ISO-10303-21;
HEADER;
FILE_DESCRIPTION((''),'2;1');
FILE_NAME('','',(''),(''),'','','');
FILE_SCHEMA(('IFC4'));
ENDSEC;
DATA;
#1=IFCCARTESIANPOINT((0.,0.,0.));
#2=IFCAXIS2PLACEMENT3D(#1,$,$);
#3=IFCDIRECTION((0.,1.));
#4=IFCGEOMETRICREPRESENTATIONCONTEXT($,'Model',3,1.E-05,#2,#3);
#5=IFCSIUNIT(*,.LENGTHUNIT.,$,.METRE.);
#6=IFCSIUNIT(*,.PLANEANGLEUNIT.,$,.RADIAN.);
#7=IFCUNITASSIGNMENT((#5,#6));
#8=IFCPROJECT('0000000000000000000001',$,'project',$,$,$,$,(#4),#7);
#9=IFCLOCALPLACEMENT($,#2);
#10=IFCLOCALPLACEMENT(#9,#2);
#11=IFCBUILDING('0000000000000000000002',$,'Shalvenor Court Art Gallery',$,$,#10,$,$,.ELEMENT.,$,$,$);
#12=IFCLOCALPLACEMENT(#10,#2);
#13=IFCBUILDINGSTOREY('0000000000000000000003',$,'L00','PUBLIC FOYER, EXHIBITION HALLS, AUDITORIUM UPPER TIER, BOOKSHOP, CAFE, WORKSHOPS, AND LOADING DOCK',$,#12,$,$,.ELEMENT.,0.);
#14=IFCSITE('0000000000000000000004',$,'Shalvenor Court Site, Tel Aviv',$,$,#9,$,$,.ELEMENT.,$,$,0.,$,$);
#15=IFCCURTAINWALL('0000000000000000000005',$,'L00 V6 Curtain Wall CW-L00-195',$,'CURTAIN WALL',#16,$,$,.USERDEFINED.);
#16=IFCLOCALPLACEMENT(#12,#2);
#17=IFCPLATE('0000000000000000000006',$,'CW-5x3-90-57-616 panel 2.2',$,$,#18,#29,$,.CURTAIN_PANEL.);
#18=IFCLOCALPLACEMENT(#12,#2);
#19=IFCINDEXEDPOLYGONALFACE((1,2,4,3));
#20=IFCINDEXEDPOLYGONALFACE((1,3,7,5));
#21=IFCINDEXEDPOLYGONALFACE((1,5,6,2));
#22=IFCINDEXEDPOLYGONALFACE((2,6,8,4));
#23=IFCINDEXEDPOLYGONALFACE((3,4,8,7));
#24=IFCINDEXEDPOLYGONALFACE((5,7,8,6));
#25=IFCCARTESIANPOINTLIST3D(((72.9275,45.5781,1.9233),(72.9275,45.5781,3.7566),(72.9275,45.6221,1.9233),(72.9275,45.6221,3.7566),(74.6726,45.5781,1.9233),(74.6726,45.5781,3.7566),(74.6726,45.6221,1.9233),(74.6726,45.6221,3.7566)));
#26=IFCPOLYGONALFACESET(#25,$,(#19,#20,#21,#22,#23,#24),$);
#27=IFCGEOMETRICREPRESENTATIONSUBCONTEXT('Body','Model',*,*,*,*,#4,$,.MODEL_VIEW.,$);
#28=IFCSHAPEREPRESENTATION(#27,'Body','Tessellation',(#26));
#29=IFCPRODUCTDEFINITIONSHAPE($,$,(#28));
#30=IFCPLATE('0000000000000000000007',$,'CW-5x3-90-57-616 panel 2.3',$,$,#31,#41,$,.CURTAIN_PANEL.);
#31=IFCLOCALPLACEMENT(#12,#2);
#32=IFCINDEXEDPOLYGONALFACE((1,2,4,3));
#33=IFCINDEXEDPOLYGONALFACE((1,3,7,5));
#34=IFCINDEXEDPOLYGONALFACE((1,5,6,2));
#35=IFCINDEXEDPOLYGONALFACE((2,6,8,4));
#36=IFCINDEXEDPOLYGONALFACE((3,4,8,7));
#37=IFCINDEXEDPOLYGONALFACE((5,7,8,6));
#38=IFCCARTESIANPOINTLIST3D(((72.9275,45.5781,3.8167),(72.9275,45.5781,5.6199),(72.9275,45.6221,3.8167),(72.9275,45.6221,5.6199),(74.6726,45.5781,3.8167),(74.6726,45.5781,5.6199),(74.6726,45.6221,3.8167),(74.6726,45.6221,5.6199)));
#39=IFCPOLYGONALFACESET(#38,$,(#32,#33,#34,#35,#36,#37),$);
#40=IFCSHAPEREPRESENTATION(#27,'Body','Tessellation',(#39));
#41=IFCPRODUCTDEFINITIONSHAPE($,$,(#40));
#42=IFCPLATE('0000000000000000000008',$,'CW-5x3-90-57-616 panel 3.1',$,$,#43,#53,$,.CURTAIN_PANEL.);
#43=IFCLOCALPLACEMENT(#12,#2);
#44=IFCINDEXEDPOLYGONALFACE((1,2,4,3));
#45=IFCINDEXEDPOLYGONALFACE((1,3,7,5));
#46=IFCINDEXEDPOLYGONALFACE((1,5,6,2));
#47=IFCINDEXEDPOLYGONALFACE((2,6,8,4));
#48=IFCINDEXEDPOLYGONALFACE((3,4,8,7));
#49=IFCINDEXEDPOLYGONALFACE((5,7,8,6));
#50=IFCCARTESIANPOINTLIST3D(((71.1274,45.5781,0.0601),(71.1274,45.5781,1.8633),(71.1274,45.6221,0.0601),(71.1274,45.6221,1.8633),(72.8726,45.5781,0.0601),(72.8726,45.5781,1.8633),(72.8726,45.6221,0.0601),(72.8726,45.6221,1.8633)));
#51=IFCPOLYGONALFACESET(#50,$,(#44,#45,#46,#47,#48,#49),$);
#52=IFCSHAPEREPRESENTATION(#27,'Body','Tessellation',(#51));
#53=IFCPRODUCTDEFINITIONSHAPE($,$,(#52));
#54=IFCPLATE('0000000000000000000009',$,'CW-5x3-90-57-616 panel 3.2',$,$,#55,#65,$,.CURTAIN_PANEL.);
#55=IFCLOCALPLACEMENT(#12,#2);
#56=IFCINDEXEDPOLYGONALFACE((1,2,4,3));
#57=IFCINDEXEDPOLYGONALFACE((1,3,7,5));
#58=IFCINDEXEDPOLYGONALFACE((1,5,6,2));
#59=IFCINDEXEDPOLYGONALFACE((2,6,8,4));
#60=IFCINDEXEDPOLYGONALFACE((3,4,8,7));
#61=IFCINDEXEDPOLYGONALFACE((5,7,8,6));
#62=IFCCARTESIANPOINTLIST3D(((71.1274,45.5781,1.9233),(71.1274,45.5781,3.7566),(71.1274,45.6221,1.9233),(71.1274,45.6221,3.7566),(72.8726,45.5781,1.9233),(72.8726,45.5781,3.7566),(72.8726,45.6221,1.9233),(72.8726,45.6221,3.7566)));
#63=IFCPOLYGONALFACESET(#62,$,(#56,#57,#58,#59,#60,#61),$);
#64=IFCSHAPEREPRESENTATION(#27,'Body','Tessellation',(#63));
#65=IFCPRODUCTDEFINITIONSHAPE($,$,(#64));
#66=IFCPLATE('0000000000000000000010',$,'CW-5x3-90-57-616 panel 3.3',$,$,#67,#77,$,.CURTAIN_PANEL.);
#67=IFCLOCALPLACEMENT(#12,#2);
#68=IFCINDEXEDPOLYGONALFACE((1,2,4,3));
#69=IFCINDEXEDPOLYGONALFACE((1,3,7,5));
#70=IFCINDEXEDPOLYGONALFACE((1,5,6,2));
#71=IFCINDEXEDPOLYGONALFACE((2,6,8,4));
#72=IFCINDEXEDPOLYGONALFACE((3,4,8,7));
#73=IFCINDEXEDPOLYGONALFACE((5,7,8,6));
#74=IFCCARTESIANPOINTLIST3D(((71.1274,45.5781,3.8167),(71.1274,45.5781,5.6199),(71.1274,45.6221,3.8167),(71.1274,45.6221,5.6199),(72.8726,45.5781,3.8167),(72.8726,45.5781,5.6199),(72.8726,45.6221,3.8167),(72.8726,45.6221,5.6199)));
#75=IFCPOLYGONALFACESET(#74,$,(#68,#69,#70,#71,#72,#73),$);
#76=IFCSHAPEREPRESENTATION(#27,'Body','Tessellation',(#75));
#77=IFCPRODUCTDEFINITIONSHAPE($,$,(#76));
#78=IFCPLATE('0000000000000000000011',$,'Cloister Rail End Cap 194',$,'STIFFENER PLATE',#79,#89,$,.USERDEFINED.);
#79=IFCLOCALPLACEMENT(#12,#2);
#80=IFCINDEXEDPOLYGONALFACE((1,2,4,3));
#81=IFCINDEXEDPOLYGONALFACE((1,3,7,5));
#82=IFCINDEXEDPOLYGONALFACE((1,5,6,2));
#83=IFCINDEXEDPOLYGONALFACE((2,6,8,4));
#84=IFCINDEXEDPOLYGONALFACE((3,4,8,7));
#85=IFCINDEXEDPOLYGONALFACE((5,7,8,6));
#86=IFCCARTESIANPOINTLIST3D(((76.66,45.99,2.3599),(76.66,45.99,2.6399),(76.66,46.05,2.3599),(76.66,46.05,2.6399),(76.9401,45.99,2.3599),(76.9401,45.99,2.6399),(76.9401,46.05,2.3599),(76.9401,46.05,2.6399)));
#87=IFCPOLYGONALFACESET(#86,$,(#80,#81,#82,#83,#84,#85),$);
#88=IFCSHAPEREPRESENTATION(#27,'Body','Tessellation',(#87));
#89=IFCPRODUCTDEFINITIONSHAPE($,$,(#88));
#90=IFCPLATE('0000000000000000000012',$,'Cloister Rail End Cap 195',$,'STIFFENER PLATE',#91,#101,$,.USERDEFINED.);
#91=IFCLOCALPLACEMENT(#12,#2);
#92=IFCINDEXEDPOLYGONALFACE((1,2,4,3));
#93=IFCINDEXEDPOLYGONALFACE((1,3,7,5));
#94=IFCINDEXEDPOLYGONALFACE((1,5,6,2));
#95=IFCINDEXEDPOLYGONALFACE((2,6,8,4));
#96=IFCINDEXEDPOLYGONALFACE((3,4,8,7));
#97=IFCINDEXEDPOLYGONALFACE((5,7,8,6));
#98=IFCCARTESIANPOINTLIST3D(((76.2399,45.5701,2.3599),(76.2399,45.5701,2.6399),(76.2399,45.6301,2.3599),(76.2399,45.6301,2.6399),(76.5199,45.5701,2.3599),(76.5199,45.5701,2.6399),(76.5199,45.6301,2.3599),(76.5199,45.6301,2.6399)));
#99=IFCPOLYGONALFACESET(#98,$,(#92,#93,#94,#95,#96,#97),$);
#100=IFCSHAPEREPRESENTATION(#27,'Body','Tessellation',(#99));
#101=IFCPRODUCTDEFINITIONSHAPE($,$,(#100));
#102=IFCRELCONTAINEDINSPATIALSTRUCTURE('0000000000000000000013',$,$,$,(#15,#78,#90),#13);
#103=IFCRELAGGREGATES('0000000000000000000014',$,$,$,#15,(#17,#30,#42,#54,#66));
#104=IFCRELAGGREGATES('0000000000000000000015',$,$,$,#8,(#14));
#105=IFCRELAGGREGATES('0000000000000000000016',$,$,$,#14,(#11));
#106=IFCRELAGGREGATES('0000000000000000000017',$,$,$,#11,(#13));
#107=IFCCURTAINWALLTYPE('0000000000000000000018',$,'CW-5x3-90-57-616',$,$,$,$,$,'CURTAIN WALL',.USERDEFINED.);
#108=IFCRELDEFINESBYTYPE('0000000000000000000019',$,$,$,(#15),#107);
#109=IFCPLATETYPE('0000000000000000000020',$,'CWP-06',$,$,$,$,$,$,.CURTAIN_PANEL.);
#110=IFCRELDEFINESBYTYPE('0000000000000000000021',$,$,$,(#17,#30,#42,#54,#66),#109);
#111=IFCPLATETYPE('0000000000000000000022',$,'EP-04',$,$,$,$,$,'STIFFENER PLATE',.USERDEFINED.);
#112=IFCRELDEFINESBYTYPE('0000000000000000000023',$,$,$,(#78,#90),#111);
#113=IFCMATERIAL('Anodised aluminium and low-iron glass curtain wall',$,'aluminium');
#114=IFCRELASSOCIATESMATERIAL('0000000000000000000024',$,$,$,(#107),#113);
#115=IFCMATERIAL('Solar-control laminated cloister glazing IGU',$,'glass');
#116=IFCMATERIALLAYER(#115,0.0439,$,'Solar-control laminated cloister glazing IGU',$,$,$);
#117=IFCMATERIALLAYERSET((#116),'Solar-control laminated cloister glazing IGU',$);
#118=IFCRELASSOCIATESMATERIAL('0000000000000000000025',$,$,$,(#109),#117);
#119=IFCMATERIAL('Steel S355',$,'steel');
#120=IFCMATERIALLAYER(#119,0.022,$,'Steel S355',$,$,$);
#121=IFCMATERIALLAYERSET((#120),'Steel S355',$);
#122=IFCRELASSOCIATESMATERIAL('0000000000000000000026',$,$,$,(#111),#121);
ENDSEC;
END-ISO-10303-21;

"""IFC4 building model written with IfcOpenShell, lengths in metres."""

from ifc_helpers import new_model, si_unit, direction, frame, origin, origin_2d, place, context, subcontext, project, spatial, rectangle, extrude, material, layer, layer_set, type_object, element, aggregate, save


model = new_model("IFC4")

# Units and contexts
model_context = context("Model", 3, precision=1e-05, world=origin(), true_north=direction((0.0, 1.0)))
body_context = subcontext(model_context, "Body", "Model", "MODEL_VIEW")
ifc_project = project(units=[si_unit("LENGTHUNIT", "METRE"), si_unit("PLANEANGLEUNIT", "RADIAN")], contexts=[model_context])

# Site, building, storey
site_placement = place(None, origin())
site = spatial("IfcSite", under=ifc_project, at=site_placement, Name="Shalvenor Court Site, Tel Aviv", CompositionType="ELEMENT", RefElevation=0.0)
building_placement = place(site_placement, origin())
building = spatial("IfcBuilding", under=site, at=building_placement, Name="Shalvenor Court Art Gallery", CompositionType="ELEMENT")
storey_placement = place(building_placement, origin())
storey = spatial("IfcBuildingStorey", under=building, at=storey_placement, Name="L00", Description="PUBLIC FOYER, EXHIBITION HALLS, AUDITORIUM UPPER TIER, BOOKSHOP, CAFE, WORKSHOPS, AND LOADING DOCK", CompositionType="ELEMENT", Elevation=0.0)

# Curtain wall
ifc_material_1 = material(Name="Anodised aluminium and low-iron glass curtain wall", Category="aluminium")
curtain_wall_type_1 = type_object("IfcCurtainWallType", Name="CW-5x3-90-57-616", ElementType="CURTAIN WALL", PredefinedType="USERDEFINED", material=ifc_material_1)
curtain_wall_1_placement = place(storey_placement, origin())
curtain_wall_1 = element("IfcCurtainWall", 1, at=curtain_wall_1_placement, inside=storey, type_object=curtain_wall_type_1, Name="L00 V6 Curtain Wall CW-L00-195", ObjectType="CURTAIN WALL", PredefinedType="USERDEFINED")

# Plates
ifc_material_2 = material(Name="Solar-control laminated cloister glazing IGU", Category="glass")
ifc_layer_1 = layer(ifc_material_2, 0.0439, Name="Solar-control laminated cloister glazing IGU")
ifc_layer_set_1 = layer_set([ifc_layer_1], Name="Solar-control laminated cloister glazing IGU")
plate_type_1 = type_object("IfcPlateType", Name="CWP-06", PredefinedType="CURTAIN_PANEL", material=ifc_layer_set_1)
plate_1_placement = place(storey_placement, frame((73.8, 45.6001, 1.9233), z_axis=(0.0, 0.0, 1.0), x_axis=(-1.0, 0.0, 0.0)))
plate_1 = element("IfcPlate", 2, at=plate_1_placement, type_object=plate_type_1, Name="CW-5x3-90-57-616 panel 2.2", PredefinedType="CURTAIN_PANEL", context=body_context, shape_type="SweptSolid", body=[
    extrude(rectangle(XDim=1.7451, YDim=0.0439, at=origin_2d()), origin(), (0.0, 0.0, 1.0), 1.8333),
])
plate_2_placement = place(storey_placement, frame((73.8, 45.6001, 3.8167), z_axis=(0.0, 0.0, 1.0), x_axis=(-1.0, 0.0, 0.0)))
plate_2 = element("IfcPlate", 3, at=plate_2_placement, type_object=plate_type_1, Name="CW-5x3-90-57-616 panel 2.3", PredefinedType="CURTAIN_PANEL", context=body_context, shape_type="SweptSolid", body=[
    extrude(rectangle(XDim=1.7451, YDim=0.0439, at=origin_2d()), origin(), (0.0, 0.0, 1.0), 1.8032),
])
plate_3_placement = place(storey_placement, frame((72.0, 45.6001, 0.0601), z_axis=(0.0, 0.0, 1.0), x_axis=(-1.0, 0.0, 0.0)))
plate_3 = element("IfcPlate", 4, at=plate_3_placement, type_object=plate_type_1, Name="CW-5x3-90-57-616 panel 3.1", PredefinedType="CURTAIN_PANEL", context=body_context, shape_type="SweptSolid", body=[
    extrude(rectangle(XDim=1.7451, YDim=0.0439, at=origin_2d()), origin(), (0.0, 0.0, 1.0), 1.8032),
])
plate_4_placement = place(storey_placement, frame((72.0, 45.6001, 1.9233), z_axis=(0.0, 0.0, 1.0), x_axis=(-1.0, 0.0, 0.0)))
plate_4 = element("IfcPlate", 5, at=plate_4_placement, type_object=plate_type_1, Name="CW-5x3-90-57-616 panel 3.2", PredefinedType="CURTAIN_PANEL", context=body_context, shape_type="SweptSolid", body=[
    extrude(rectangle(XDim=1.7451, YDim=0.0439, at=origin_2d()), origin(), (0.0, 0.0, 1.0), 1.8333),
])
plate_5_placement = place(storey_placement, frame((72.0, 45.6001, 3.8167), z_axis=(0.0, 0.0, 1.0), x_axis=(-1.0, 0.0, 0.0)))
plate_5 = element("IfcPlate", 6, at=plate_5_placement, type_object=plate_type_1, Name="CW-5x3-90-57-616 panel 3.3", PredefinedType="CURTAIN_PANEL", context=body_context, shape_type="SweptSolid", body=[
    extrude(rectangle(XDim=1.7451, YDim=0.0439, at=origin_2d()), origin(), (0.0, 0.0, 1.0), 1.8032),
])
aggregate(curtain_wall_1, [plate_1, plate_2, plate_3, plate_4, plate_5])

# Plates
ifc_material_3 = material(Name="Steel S355", Category="steel")
ifc_layer_2 = layer(ifc_material_3, 0.022, Name="Steel S355")
ifc_layer_set_2 = layer_set([ifc_layer_2], Name="Steel S355")
plate_type_2 = type_object("IfcPlateType", Name="EP-04", ElementType="STIFFENER PLATE", PredefinedType="USERDEFINED", material=ifc_layer_set_2)
for number, where, z_axis, x_axis, name in (
    (7, (76.8, 46.02, 2.3599), (0.0, 0.0, 1.0), (1.0, 0.0, 0.0), "Cloister Rail End Cap 194"),
    (8, (76.3799, 45.6001, 2.3599), (0.0, 0.0, 1.0), (1.0, 0.0, 0.0), "Cloister Rail End Cap 195"),
):
    element("IfcPlate", number, at=place(storey_placement, frame(where, z_axis=z_axis, x_axis=x_axis)), inside=storey, type_object=plate_type_2, Name=name, ObjectType="STIFFENER PLATE", PredefinedType="USERDEFINED", context=body_context, shape_type="SweptSolid", body=[
        extrude(rectangle(XDim=0.28, YDim=0.0601, at=origin_2d()), origin(), (0.0, 0.0, 1.0), 0.28),
    ])

save(model, "model.ifc")
